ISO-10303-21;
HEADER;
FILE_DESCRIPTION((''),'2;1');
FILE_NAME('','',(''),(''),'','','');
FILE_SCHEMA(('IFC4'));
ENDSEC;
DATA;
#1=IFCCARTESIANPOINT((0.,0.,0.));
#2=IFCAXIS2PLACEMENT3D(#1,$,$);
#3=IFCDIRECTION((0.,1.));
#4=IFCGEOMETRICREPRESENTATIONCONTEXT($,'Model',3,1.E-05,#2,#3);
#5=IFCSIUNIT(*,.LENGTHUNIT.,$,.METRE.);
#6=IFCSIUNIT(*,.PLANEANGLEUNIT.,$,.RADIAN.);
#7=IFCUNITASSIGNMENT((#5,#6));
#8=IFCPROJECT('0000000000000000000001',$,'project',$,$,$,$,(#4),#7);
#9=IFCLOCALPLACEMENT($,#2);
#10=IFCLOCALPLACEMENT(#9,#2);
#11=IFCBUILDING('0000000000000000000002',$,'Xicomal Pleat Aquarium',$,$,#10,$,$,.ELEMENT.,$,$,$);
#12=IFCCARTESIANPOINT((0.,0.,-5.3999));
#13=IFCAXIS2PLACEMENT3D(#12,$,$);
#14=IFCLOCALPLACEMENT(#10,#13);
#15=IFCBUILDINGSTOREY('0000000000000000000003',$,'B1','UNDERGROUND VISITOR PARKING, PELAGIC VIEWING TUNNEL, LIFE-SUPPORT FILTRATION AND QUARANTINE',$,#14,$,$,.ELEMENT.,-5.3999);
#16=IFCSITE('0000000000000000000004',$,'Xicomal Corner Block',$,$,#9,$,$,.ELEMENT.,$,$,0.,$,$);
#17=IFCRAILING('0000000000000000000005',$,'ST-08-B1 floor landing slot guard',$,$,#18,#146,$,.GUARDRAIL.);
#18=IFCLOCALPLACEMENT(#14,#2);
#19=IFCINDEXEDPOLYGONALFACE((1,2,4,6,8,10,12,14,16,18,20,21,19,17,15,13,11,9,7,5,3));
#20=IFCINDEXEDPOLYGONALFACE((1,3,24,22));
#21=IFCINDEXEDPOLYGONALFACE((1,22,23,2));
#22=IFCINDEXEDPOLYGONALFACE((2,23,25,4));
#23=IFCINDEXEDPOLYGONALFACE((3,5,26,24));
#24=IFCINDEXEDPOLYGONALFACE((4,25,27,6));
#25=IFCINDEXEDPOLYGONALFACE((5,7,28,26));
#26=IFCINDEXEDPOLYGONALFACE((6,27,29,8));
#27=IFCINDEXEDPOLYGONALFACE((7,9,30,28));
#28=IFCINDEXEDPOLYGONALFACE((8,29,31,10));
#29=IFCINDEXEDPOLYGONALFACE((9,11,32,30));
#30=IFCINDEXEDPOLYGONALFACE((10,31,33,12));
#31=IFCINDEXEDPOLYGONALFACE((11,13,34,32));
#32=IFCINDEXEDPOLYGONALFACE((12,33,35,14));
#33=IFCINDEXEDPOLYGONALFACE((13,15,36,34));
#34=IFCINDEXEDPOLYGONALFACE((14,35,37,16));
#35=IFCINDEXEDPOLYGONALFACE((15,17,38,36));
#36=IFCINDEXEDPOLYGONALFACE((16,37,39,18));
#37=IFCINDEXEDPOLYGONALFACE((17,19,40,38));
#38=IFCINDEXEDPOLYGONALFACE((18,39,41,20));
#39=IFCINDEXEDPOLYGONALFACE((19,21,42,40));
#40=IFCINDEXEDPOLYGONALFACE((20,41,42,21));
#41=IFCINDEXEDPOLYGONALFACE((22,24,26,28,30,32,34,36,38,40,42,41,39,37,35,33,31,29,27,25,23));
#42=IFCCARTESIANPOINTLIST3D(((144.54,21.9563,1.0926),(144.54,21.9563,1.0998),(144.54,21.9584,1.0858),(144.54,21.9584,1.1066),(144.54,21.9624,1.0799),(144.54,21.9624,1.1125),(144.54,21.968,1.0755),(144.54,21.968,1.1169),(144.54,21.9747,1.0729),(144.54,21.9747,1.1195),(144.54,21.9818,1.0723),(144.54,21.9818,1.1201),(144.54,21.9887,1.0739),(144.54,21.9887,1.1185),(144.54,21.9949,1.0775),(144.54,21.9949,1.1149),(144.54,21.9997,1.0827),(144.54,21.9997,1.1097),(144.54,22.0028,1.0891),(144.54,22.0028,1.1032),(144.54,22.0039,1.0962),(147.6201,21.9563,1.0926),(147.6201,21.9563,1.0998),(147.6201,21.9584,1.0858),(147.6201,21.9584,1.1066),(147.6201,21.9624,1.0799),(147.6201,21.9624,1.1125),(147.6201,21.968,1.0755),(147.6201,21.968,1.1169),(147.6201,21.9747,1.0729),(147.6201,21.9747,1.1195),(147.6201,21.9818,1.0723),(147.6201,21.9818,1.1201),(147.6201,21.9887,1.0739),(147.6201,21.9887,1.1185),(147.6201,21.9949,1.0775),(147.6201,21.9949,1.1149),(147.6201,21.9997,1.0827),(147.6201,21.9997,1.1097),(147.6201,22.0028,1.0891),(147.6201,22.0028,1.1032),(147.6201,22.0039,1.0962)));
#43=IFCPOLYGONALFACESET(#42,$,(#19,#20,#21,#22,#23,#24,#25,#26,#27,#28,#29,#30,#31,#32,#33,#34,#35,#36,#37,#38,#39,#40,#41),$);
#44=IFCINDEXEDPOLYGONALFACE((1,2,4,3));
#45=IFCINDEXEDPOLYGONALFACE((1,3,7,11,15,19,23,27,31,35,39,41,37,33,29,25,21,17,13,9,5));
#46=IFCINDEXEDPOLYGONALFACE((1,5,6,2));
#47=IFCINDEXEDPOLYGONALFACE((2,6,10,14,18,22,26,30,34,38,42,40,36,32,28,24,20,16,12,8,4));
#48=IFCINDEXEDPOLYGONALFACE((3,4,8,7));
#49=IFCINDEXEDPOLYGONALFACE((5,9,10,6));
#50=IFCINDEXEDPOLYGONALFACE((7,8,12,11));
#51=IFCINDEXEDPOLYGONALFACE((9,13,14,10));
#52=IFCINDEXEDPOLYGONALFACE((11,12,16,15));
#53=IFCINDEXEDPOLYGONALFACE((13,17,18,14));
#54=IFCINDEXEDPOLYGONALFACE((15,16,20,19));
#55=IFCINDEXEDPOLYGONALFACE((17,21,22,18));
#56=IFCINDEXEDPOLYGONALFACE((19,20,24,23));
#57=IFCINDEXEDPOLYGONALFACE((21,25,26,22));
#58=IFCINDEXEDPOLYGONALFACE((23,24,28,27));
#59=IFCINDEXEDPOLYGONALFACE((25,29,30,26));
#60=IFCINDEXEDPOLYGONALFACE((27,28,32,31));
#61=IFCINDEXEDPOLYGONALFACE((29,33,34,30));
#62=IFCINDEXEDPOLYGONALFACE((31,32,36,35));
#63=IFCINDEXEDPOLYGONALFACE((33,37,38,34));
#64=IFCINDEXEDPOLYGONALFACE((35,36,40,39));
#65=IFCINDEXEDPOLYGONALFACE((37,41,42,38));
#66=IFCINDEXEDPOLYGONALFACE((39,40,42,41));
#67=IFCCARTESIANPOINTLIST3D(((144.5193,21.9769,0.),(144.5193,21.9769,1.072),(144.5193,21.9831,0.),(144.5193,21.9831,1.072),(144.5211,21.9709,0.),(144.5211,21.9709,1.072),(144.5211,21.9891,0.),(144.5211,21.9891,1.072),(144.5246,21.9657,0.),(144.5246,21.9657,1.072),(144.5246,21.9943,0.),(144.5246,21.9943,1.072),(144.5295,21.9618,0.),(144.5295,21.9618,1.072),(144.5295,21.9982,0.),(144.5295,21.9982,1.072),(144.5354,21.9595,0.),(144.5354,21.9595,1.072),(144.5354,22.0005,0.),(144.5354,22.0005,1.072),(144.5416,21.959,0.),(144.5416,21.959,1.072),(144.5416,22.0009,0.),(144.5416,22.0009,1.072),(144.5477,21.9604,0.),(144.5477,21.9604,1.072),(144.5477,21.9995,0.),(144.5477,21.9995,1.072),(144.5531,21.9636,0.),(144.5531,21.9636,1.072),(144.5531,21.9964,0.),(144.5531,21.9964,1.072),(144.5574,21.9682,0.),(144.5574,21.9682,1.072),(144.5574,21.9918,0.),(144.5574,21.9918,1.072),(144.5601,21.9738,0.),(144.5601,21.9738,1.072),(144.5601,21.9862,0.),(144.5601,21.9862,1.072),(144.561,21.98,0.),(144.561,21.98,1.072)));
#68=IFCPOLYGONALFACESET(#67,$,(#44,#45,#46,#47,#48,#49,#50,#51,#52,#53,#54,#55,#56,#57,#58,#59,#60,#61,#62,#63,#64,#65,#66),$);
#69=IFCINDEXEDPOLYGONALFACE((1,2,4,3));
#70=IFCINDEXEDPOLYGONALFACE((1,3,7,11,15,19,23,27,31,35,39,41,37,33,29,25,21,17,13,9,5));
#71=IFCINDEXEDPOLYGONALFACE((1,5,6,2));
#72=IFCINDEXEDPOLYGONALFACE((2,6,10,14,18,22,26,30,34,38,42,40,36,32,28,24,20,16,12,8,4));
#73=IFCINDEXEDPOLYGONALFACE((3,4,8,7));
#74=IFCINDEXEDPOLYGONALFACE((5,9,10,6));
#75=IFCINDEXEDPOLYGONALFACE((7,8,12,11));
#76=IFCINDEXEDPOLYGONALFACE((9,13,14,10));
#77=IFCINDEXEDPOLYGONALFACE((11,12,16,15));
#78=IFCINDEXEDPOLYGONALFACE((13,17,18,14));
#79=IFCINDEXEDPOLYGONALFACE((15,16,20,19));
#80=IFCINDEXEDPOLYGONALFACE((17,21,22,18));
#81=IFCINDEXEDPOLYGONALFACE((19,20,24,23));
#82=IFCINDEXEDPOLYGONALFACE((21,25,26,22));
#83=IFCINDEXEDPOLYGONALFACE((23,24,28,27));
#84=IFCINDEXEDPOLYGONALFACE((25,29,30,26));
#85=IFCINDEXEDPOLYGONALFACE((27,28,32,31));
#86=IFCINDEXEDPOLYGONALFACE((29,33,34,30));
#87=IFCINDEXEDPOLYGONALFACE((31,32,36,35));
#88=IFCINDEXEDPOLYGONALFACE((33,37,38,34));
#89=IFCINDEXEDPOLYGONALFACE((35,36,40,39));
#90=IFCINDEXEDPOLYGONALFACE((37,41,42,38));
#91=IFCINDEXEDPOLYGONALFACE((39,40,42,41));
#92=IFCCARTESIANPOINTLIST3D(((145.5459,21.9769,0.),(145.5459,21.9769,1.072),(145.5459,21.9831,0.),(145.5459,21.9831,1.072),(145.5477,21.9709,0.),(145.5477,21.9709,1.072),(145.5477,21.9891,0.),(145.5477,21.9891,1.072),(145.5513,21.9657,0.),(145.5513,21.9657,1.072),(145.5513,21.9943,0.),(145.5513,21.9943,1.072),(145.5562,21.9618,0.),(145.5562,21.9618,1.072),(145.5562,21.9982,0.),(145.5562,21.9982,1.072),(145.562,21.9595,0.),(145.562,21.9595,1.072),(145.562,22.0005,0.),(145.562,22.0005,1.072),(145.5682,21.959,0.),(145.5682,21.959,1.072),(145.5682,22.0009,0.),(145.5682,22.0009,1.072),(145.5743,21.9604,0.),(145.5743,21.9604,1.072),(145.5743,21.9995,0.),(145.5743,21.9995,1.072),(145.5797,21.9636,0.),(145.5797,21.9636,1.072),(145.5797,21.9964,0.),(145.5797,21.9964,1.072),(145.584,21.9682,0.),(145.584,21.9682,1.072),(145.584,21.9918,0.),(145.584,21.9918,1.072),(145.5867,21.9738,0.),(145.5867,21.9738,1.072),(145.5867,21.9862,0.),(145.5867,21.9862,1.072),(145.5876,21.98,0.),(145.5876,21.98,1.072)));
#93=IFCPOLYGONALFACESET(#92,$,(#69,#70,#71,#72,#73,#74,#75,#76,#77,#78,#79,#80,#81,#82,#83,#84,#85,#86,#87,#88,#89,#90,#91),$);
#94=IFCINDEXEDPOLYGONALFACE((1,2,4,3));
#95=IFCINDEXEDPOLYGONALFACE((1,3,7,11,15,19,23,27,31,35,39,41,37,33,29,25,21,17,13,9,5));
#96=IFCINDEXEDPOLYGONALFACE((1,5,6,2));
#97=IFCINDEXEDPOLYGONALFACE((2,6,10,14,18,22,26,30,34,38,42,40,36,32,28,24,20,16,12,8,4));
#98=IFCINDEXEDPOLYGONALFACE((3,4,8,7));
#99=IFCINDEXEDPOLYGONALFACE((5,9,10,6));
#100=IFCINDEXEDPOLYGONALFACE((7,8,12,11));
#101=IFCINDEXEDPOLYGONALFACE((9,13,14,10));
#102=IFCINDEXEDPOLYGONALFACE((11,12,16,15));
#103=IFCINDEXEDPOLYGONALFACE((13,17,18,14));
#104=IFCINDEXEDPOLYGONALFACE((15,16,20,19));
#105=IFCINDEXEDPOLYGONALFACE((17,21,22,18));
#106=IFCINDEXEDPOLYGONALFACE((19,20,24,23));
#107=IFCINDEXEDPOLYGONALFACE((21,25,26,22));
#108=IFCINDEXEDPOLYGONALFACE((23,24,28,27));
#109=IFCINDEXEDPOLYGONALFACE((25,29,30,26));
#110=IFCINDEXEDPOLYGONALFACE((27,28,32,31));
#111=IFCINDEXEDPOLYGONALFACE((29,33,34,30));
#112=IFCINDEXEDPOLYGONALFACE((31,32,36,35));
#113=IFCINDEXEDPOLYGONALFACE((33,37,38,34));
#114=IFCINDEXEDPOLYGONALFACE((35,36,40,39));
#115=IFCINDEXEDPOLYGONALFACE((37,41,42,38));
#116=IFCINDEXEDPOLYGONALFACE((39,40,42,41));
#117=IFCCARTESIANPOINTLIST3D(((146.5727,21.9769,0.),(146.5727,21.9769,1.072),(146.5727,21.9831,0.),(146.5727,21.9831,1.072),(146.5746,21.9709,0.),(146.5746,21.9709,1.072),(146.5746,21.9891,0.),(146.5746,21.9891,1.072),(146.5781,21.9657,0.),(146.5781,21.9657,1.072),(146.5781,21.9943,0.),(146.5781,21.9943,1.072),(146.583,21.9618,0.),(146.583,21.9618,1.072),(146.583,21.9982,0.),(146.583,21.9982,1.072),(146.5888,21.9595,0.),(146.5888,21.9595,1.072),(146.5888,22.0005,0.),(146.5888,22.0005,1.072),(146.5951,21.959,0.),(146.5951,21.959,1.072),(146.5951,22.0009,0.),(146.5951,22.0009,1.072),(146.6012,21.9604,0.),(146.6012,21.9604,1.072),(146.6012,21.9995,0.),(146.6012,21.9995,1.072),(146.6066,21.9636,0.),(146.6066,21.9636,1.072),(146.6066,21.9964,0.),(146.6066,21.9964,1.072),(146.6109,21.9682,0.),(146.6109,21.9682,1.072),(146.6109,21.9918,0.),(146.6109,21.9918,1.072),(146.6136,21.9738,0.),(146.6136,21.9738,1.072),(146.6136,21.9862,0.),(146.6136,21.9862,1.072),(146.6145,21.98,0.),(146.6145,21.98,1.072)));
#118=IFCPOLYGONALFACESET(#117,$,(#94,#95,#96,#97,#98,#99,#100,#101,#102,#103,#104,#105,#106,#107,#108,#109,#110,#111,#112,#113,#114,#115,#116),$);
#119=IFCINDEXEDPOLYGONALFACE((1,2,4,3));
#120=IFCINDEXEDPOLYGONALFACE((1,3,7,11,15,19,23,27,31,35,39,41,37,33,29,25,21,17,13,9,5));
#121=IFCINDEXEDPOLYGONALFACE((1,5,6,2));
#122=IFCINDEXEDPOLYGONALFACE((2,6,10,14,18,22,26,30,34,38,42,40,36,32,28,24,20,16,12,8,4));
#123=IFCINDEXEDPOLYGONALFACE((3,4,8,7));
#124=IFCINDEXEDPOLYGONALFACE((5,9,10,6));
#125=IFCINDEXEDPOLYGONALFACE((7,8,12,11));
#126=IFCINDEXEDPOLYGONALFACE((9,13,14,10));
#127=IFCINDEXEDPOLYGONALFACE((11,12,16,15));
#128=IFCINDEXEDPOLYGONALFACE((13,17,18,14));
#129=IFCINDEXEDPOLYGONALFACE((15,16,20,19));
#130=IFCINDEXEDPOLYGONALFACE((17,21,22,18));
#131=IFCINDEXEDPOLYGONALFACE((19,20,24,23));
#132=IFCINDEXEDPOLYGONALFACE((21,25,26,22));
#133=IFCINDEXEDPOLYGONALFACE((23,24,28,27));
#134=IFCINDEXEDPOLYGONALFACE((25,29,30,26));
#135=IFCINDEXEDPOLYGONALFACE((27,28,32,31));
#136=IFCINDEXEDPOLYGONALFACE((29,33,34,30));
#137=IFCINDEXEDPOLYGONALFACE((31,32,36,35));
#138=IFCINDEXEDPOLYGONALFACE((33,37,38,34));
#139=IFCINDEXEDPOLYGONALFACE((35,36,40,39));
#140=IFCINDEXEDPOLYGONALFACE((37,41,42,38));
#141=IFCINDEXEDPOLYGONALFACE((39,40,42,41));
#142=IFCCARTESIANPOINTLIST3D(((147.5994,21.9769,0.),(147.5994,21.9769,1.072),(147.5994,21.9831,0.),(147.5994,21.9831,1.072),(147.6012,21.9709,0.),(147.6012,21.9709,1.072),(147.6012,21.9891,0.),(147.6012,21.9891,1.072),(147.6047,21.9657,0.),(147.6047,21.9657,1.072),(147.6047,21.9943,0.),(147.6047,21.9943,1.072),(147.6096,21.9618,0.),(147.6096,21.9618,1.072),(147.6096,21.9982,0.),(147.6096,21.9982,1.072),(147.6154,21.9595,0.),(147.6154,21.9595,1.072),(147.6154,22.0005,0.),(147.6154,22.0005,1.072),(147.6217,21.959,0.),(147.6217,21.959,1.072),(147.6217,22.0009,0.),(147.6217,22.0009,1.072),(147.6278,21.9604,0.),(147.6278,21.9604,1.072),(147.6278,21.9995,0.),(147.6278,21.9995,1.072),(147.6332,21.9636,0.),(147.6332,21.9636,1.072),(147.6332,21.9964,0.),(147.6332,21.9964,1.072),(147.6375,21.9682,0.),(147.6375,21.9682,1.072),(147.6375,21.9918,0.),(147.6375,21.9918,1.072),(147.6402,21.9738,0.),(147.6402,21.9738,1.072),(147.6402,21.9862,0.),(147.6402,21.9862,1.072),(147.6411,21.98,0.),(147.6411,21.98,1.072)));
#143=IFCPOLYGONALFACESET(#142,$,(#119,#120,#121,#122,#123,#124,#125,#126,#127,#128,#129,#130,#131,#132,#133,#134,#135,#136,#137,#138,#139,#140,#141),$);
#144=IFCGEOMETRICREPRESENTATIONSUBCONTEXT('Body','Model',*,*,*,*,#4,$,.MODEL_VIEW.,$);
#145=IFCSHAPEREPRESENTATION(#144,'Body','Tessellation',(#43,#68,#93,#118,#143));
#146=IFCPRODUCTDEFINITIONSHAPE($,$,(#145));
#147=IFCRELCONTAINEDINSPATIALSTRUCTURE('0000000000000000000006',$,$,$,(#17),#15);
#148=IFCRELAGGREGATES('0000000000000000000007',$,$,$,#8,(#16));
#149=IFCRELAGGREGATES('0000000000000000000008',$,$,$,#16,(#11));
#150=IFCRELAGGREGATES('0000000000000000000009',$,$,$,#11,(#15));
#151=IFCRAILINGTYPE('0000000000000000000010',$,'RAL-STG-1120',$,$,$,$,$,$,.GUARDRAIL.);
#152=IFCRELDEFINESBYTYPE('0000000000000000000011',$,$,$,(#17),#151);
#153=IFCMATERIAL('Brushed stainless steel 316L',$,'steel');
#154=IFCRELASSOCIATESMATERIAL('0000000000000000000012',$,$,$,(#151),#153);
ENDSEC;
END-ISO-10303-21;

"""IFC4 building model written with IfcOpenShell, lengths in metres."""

from ifc_helpers import new_model, si_unit, direction, frame, origin, origin_2d, place, context, subcontext, project, spatial, circle, extrude, material, type_object, element, save


model = new_model("IFC4")

# Units and contexts
model_context = context("Model", 3, precision=1e-05, world=origin(), true_north=direction((0.0, 1.0)))
body_context = subcontext(model_context, "Body", "Model", "MODEL_VIEW")
ifc_project = project(units=[si_unit("LENGTHUNIT", "METRE"), si_unit("PLANEANGLEUNIT", "RADIAN")], contexts=[model_context])

# Site, building, storey
site_placement = place(None, origin())
site = spatial("IfcSite", under=ifc_project, at=site_placement, Name="Xicomal Corner Block", CompositionType="ELEMENT", RefElevation=0.0)
building_placement = place(site_placement, origin())
building = spatial("IfcBuilding", under=site, at=building_placement, Name="Xicomal Pleat Aquarium", CompositionType="ELEMENT")
storey_placement = place(building_placement, frame((0.0, 0.0, -5.3999)))
storey = spatial("IfcBuildingStorey", under=building, at=storey_placement, Name="B1", Description="UNDERGROUND VISITOR PARKING, PELAGIC VIEWING TUNNEL, LIFE-SUPPORT FILTRATION AND QUARANTINE", CompositionType="ELEMENT", Elevation=-5.3999)

# Railing
ifc_material_1 = material(Name="Brushed stainless steel 316L", Category="steel")
railing_type = type_object("IfcRailingType", Name="RAL-STG-1120", PredefinedType="GUARDRAIL", material=ifc_material_1)
railing_placement = place(storey_placement, frame((144.54, 21.98, 0.0)))
element("IfcRailing", 1, at=railing_placement, inside=storey, type_object=railing_type, Name="ST-08-B1 floor landing slot guard", PredefinedType="GUARDRAIL", context=body_context, shape_type="SweptSolid", body=[
    extrude(circle(Radius=0.0239, at=origin_2d()), frame((0.0, 0.0, 1.0962), z_axis=(1.0, 0.0, 0.0), x_axis=(0.0, 1.0, 0.0)), (0.0, 0.0, 1.0), 3.0801),
    extrude(circle(Radius=0.021, at=origin_2d()), origin(), (0.0, 0.0, 1.0), 1.072),
    extrude(circle(Radius=0.021, at=origin_2d()), frame((1.0266, 0.0, 0.0)), (0.0, 0.0, 1.0), 1.072),
    extrude(circle(Radius=0.021, at=origin_2d()), frame((2.0535, 0.0, 0.0)), (0.0, 0.0, 1.0), 1.072),
    extrude(circle(Radius=0.021, at=origin_2d()), frame((3.0801, 0.0, 0.0)), (0.0, 0.0, 1.0), 1.072),
])

save(model, "model.ifc")
